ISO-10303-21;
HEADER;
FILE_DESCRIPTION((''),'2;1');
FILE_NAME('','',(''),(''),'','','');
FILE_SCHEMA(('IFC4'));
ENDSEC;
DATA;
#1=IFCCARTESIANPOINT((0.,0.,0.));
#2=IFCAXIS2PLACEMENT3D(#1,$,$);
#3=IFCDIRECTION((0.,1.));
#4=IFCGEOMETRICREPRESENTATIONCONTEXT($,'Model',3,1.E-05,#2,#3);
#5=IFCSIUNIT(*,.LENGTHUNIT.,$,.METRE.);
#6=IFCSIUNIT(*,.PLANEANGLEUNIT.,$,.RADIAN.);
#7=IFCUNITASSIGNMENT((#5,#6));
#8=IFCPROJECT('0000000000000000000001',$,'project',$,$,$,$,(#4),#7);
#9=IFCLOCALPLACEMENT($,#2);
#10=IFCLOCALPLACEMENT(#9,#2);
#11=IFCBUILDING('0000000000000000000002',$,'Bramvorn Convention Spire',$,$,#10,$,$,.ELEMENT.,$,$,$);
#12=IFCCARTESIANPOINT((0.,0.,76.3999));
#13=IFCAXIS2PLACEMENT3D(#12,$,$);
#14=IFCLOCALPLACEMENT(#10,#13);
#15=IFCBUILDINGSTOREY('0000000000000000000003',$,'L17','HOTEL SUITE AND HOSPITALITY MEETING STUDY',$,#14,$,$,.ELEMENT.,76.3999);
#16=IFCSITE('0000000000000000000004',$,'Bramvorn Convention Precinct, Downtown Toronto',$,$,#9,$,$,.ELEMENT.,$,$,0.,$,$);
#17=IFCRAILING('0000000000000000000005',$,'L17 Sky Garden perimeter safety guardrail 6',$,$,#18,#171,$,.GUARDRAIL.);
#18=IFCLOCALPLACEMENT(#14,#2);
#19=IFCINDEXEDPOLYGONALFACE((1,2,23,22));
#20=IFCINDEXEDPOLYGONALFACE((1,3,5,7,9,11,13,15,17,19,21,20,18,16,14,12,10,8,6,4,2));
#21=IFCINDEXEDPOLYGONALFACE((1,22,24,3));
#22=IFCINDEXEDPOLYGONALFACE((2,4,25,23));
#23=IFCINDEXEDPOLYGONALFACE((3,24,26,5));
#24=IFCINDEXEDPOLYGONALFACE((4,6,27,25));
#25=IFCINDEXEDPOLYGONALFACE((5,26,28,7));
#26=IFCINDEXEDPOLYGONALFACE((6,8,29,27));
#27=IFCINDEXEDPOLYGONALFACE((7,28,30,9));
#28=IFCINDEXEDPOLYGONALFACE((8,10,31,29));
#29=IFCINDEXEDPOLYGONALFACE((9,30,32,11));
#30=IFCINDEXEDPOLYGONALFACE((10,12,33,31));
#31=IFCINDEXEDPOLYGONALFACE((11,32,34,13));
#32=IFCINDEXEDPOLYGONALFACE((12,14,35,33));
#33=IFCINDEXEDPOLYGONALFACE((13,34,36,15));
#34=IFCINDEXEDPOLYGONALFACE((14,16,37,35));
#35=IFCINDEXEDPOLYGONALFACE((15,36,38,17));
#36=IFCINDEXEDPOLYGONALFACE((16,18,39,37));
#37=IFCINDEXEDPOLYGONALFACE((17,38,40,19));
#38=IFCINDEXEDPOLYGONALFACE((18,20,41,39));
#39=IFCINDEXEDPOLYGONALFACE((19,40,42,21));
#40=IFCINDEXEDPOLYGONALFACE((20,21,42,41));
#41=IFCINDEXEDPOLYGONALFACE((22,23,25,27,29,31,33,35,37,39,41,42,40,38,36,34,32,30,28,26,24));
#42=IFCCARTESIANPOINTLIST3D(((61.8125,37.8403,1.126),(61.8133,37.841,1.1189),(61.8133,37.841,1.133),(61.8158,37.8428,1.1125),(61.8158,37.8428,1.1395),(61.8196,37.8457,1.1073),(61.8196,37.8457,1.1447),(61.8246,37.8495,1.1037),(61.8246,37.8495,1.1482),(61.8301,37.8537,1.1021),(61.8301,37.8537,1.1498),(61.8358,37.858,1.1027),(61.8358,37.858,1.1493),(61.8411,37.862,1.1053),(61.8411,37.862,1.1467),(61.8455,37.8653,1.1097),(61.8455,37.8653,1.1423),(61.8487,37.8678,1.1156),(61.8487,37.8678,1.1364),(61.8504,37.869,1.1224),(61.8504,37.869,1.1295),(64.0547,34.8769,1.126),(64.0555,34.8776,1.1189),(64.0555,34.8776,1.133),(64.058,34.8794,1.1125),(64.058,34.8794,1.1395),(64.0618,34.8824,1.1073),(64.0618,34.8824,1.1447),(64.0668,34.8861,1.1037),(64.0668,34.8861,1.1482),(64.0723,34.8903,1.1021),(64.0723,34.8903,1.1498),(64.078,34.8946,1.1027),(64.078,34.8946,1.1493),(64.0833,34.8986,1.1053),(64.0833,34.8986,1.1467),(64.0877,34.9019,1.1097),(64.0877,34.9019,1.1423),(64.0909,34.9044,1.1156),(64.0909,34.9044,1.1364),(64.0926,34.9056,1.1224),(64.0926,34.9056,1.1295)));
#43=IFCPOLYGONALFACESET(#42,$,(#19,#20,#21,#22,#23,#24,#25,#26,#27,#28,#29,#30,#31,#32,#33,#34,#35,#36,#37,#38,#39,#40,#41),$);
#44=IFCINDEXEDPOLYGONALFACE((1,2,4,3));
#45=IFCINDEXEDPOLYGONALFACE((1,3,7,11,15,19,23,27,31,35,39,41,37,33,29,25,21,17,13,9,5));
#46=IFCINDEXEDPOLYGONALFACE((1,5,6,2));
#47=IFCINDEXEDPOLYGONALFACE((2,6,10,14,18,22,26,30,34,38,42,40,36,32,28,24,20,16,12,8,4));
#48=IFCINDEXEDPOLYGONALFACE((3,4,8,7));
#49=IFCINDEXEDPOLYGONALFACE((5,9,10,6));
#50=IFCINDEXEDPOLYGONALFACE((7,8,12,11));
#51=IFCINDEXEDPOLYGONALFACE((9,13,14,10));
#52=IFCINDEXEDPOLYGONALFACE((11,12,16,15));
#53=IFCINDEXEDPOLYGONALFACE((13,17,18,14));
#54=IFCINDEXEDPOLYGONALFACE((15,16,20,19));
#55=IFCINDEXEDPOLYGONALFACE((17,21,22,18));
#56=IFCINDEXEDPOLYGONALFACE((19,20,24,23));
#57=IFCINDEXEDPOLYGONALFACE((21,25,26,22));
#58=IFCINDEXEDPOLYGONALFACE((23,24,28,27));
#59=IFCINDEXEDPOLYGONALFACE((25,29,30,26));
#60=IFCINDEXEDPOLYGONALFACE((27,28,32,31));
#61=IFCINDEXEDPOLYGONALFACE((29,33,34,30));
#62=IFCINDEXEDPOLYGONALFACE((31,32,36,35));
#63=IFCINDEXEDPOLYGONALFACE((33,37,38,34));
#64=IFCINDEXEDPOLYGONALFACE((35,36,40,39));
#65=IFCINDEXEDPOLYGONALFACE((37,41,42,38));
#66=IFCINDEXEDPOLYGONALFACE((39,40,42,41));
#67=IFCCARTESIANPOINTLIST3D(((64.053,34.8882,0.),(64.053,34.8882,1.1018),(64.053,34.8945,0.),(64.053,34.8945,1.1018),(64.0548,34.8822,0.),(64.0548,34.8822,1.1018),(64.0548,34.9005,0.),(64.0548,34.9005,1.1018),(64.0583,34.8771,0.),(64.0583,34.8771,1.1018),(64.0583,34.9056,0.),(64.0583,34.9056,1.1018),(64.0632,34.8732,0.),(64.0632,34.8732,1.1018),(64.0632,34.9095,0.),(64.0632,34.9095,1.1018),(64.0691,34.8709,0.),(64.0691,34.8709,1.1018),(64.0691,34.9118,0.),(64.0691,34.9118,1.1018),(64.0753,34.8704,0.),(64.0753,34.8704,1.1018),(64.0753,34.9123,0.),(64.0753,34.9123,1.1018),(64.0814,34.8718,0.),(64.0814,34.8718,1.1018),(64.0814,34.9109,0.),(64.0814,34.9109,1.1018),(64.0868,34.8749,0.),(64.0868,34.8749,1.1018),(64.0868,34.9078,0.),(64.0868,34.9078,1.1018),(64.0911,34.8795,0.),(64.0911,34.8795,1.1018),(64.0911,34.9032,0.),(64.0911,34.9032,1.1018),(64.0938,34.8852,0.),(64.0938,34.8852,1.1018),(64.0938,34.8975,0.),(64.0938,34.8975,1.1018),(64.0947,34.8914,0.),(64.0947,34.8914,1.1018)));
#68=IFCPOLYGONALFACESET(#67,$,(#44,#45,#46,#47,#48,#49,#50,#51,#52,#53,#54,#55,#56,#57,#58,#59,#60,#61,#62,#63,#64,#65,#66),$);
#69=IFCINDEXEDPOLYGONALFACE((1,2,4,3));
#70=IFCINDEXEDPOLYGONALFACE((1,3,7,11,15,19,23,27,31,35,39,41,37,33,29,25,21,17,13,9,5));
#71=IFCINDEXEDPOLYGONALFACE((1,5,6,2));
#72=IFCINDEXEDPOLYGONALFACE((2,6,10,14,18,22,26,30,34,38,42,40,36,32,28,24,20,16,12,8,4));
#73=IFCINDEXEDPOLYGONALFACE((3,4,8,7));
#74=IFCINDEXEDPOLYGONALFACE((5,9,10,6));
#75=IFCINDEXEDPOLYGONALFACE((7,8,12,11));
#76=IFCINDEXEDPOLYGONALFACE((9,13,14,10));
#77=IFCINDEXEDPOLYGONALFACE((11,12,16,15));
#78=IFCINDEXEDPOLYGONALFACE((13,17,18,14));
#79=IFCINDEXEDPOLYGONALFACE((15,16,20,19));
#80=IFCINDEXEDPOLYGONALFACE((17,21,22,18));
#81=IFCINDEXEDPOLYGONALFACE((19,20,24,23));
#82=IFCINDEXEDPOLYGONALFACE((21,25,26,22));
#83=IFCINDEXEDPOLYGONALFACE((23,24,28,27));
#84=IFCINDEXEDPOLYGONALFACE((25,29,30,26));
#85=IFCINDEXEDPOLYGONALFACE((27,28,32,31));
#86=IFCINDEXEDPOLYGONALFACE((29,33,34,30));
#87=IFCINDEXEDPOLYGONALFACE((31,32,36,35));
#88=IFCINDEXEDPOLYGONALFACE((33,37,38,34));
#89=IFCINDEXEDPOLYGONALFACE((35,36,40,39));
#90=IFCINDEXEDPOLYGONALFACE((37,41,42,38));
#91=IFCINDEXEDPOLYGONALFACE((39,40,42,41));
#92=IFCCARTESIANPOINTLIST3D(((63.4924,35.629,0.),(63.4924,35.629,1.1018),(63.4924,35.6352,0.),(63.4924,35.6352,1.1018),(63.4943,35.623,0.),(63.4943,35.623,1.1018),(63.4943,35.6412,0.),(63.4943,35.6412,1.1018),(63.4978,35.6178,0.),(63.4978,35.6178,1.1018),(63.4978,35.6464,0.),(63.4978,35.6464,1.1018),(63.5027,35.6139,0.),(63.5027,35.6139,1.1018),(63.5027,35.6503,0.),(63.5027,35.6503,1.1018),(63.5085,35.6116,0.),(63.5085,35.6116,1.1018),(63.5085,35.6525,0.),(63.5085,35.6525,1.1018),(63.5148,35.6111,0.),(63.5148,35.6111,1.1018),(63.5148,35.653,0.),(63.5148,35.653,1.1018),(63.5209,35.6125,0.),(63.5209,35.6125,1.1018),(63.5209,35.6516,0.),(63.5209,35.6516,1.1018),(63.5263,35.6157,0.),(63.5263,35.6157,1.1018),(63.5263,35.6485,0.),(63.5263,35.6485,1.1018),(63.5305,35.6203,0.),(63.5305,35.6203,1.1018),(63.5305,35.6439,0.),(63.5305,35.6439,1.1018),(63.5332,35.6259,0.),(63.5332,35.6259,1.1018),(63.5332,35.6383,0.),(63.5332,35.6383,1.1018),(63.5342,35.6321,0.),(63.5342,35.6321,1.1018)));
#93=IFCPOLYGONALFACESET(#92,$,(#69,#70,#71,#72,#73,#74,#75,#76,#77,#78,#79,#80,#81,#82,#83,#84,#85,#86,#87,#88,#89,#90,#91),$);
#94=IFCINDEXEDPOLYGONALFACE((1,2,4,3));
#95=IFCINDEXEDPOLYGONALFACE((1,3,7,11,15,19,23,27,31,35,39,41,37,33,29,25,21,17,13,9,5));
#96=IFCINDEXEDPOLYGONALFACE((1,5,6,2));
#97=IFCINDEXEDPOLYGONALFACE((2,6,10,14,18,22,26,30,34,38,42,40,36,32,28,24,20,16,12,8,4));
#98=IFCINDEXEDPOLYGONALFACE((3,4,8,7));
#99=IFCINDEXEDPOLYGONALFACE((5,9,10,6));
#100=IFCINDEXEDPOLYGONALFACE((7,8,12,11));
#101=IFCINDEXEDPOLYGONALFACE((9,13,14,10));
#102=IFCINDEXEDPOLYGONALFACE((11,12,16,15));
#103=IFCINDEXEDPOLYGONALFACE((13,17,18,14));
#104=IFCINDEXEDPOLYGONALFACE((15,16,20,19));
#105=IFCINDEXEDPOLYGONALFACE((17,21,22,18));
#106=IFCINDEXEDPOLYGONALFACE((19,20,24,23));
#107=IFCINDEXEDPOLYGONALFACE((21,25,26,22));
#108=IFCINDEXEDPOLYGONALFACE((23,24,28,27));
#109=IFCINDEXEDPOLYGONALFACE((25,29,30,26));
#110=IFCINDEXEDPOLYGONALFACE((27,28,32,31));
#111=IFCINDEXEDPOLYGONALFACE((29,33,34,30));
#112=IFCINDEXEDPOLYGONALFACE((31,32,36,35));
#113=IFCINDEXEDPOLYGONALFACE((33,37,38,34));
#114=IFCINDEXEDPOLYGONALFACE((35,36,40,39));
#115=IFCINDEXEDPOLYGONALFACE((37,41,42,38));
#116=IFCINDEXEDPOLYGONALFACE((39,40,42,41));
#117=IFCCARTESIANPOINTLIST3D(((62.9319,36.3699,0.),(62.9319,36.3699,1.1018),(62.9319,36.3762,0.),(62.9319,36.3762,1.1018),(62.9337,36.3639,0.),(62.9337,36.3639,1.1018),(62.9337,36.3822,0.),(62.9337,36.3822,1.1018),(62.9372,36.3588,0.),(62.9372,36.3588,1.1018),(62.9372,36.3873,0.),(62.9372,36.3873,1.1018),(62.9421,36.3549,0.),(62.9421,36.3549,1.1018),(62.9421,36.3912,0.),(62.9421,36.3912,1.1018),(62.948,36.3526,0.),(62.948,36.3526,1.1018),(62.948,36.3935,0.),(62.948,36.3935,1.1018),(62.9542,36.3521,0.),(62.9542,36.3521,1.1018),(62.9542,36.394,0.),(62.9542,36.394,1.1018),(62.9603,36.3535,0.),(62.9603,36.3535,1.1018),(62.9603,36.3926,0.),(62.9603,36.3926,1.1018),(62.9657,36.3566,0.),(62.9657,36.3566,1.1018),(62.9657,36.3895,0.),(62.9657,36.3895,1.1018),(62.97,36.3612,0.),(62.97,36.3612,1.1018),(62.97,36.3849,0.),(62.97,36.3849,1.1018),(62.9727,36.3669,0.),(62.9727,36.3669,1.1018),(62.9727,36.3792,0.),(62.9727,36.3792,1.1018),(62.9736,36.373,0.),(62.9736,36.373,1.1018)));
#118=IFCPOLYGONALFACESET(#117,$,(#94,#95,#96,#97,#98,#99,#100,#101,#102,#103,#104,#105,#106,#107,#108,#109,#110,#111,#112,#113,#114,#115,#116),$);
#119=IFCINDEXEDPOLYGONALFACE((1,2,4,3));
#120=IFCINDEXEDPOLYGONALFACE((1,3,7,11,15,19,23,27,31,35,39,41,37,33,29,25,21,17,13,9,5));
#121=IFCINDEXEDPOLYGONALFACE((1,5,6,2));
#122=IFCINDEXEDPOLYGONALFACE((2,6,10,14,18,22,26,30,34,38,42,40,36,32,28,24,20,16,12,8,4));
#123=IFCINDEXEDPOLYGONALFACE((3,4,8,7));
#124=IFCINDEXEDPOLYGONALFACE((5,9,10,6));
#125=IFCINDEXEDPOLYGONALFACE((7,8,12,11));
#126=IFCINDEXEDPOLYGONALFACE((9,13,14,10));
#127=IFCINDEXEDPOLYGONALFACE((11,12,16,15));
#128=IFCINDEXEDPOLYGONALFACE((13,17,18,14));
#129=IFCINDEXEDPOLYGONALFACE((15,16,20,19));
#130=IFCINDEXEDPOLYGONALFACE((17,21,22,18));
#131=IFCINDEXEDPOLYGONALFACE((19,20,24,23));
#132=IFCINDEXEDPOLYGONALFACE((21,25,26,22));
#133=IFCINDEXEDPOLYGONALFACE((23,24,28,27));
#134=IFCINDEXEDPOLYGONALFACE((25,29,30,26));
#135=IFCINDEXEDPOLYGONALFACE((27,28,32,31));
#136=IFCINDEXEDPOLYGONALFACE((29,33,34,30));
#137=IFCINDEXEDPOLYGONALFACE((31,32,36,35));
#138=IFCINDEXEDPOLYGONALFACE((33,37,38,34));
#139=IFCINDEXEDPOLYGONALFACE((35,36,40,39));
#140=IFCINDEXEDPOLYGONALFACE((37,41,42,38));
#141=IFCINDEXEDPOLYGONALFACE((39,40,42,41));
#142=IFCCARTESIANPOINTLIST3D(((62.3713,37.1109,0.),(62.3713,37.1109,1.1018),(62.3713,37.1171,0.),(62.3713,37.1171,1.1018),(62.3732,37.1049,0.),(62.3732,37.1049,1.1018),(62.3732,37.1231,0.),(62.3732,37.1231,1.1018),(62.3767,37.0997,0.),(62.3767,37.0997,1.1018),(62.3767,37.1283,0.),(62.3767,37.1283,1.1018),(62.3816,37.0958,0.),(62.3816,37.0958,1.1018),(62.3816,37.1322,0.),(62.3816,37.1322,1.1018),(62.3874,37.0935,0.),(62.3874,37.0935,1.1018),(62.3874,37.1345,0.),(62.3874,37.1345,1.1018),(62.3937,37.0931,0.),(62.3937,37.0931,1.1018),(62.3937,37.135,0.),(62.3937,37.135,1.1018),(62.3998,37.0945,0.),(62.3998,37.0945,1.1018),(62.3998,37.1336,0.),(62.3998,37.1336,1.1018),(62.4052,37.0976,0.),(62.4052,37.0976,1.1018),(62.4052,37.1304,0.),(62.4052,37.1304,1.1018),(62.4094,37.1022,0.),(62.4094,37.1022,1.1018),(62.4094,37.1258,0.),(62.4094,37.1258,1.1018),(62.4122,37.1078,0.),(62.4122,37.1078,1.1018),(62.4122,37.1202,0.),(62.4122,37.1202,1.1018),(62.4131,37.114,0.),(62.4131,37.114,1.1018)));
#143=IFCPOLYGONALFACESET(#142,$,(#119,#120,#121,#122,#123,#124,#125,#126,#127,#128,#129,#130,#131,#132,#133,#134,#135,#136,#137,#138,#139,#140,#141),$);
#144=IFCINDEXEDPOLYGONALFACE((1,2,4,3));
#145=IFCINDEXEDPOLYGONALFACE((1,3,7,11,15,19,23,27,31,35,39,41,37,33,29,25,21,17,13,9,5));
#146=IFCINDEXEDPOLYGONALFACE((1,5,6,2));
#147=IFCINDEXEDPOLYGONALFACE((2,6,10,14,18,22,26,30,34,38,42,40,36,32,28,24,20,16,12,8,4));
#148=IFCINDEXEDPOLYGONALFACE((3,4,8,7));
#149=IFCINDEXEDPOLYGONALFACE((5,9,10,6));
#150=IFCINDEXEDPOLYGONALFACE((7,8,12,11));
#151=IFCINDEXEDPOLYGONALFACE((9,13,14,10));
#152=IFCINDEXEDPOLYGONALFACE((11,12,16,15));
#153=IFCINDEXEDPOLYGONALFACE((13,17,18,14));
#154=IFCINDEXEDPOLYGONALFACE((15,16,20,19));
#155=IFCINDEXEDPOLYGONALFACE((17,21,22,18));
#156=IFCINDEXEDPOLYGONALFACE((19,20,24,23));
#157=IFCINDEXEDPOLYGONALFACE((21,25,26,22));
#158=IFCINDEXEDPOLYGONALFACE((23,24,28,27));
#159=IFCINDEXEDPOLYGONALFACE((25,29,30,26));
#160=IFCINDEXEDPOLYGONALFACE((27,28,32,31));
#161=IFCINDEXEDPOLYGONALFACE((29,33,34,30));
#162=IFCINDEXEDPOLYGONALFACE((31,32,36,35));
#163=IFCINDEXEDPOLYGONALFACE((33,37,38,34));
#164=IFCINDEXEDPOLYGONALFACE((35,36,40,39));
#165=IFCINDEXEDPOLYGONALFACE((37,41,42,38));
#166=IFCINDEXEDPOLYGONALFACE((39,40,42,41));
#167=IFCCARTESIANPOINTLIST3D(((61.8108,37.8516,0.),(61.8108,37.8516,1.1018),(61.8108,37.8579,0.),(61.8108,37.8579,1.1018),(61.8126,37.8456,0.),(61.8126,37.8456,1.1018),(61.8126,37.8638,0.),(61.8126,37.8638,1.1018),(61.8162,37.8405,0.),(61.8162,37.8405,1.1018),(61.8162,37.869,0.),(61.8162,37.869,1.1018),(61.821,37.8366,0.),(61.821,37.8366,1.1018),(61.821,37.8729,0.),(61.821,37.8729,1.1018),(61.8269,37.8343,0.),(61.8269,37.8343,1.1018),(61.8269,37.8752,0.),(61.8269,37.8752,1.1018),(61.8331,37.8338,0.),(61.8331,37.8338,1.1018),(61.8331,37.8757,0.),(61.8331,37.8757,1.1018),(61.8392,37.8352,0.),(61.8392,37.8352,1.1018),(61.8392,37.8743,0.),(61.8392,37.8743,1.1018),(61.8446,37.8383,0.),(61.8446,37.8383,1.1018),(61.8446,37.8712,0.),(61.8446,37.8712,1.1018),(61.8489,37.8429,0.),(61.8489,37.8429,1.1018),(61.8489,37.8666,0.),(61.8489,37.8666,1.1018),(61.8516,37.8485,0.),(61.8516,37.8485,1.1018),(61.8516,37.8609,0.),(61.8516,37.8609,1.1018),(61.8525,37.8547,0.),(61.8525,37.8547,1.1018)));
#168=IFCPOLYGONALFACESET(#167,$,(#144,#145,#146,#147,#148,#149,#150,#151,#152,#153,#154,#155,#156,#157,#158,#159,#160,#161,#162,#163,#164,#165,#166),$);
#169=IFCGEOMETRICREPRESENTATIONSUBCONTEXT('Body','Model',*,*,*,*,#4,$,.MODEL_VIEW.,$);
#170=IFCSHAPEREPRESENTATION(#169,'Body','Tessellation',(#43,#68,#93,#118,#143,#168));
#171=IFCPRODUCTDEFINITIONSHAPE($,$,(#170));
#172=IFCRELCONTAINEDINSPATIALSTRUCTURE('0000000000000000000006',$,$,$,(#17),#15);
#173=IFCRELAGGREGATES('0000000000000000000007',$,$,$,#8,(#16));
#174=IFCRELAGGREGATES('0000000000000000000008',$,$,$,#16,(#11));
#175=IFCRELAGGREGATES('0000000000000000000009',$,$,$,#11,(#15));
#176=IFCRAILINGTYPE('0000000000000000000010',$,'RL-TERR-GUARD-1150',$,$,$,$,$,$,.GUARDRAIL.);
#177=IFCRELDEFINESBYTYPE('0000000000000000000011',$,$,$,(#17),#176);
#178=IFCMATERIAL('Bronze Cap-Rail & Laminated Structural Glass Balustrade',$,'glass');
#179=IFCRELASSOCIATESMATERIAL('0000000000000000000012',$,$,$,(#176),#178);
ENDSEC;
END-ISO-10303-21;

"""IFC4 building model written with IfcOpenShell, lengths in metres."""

from ifc_helpers import new_model, si_unit, direction, frame, origin, origin_2d, place, context, subcontext, project, spatial, circle, extrude, material, type_object, element, save


model = new_model("IFC4")

# Units and contexts
model_context = context("Model", 3, precision=1e-05, world=origin(), true_north=direction((0.0, 1.0)))
body_context = subcontext(model_context, "Body", "Model", "MODEL_VIEW")
ifc_project = project(units=[si_unit("LENGTHUNIT", "METRE"), si_unit("PLANEANGLEUNIT", "RADIAN")], contexts=[model_context])

# Site, building, storey
site_placement = place(None, origin())
site = spatial("IfcSite", under=ifc_project, at=site_placement, Name="Bramvorn Convention Precinct, Downtown Toronto", CompositionType="ELEMENT", RefElevation=0.0)
building_placement = place(site_placement, origin())
building = spatial("IfcBuilding", under=site, at=building_placement, Name="Bramvorn Convention Spire", CompositionType="ELEMENT")
storey_placement = place(building_placement, frame((0.0, 0.0, 76.3999)))
storey = spatial("IfcBuildingStorey", under=building, at=storey_placement, Name="L17", Description="HOTEL SUITE AND HOSPITALITY MEETING STUDY", CompositionType="ELEMENT", Elevation=76.3999)

# Railing
ifc_material_1 = material(Name="Bronze Cap-Rail & Laminated Structural Glass Balustrade", Category="glass")
railing_type = type_object("IfcRailingType", Name="RL-TERR-GUARD-1150", PredefinedType="GUARDRAIL", material=ifc_material_1)
railing_1_placement = place(storey_placement, frame((64.0737, 34.8914, 0.0)))
element("IfcRailing", 1, at=railing_1_placement, inside=storey, type_object=railing_type, Name="L17 Sky Garden perimeter safety guardrail 6", PredefinedType="GUARDRAIL", context=body_context, shape_type="SweptSolid", body=[
    extrude(circle(Radius=0.0239, at=origin_2d()), frame((0.0, 0.0, 1.126), z_axis=(-0.603379, 0.797454, 0.0), x_axis=(-0.797454, -0.603379, 0.0)), (0.0, 0.0, 1.0), 3.7161),
    extrude(circle(Radius=0.021, at=origin_2d()), origin(), (0.0, 0.0, 1.0), 1.1018),
    extrude(circle(Radius=0.021, at=origin_2d()), frame((-0.5605, 0.7407, 0.0)), (0.0, 0.0, 1.0), 1.1018),
    extrude(circle(Radius=0.021, at=origin_2d()), frame((-1.1211, 1.4817, 0.0)), (0.0, 0.0, 1.0), 1.1018),
    extrude(circle(Radius=0.021, at=origin_2d()), frame((-1.6816, 2.2227, 0.0)), (0.0, 0.0, 1.0), 1.1018),
    extrude(circle(Radius=0.021, at=origin_2d()), frame((-2.2422, 2.9634, 0.0)), (0.0, 0.0, 1.0), 1.1018),
])

save(model, "model.ifc")
